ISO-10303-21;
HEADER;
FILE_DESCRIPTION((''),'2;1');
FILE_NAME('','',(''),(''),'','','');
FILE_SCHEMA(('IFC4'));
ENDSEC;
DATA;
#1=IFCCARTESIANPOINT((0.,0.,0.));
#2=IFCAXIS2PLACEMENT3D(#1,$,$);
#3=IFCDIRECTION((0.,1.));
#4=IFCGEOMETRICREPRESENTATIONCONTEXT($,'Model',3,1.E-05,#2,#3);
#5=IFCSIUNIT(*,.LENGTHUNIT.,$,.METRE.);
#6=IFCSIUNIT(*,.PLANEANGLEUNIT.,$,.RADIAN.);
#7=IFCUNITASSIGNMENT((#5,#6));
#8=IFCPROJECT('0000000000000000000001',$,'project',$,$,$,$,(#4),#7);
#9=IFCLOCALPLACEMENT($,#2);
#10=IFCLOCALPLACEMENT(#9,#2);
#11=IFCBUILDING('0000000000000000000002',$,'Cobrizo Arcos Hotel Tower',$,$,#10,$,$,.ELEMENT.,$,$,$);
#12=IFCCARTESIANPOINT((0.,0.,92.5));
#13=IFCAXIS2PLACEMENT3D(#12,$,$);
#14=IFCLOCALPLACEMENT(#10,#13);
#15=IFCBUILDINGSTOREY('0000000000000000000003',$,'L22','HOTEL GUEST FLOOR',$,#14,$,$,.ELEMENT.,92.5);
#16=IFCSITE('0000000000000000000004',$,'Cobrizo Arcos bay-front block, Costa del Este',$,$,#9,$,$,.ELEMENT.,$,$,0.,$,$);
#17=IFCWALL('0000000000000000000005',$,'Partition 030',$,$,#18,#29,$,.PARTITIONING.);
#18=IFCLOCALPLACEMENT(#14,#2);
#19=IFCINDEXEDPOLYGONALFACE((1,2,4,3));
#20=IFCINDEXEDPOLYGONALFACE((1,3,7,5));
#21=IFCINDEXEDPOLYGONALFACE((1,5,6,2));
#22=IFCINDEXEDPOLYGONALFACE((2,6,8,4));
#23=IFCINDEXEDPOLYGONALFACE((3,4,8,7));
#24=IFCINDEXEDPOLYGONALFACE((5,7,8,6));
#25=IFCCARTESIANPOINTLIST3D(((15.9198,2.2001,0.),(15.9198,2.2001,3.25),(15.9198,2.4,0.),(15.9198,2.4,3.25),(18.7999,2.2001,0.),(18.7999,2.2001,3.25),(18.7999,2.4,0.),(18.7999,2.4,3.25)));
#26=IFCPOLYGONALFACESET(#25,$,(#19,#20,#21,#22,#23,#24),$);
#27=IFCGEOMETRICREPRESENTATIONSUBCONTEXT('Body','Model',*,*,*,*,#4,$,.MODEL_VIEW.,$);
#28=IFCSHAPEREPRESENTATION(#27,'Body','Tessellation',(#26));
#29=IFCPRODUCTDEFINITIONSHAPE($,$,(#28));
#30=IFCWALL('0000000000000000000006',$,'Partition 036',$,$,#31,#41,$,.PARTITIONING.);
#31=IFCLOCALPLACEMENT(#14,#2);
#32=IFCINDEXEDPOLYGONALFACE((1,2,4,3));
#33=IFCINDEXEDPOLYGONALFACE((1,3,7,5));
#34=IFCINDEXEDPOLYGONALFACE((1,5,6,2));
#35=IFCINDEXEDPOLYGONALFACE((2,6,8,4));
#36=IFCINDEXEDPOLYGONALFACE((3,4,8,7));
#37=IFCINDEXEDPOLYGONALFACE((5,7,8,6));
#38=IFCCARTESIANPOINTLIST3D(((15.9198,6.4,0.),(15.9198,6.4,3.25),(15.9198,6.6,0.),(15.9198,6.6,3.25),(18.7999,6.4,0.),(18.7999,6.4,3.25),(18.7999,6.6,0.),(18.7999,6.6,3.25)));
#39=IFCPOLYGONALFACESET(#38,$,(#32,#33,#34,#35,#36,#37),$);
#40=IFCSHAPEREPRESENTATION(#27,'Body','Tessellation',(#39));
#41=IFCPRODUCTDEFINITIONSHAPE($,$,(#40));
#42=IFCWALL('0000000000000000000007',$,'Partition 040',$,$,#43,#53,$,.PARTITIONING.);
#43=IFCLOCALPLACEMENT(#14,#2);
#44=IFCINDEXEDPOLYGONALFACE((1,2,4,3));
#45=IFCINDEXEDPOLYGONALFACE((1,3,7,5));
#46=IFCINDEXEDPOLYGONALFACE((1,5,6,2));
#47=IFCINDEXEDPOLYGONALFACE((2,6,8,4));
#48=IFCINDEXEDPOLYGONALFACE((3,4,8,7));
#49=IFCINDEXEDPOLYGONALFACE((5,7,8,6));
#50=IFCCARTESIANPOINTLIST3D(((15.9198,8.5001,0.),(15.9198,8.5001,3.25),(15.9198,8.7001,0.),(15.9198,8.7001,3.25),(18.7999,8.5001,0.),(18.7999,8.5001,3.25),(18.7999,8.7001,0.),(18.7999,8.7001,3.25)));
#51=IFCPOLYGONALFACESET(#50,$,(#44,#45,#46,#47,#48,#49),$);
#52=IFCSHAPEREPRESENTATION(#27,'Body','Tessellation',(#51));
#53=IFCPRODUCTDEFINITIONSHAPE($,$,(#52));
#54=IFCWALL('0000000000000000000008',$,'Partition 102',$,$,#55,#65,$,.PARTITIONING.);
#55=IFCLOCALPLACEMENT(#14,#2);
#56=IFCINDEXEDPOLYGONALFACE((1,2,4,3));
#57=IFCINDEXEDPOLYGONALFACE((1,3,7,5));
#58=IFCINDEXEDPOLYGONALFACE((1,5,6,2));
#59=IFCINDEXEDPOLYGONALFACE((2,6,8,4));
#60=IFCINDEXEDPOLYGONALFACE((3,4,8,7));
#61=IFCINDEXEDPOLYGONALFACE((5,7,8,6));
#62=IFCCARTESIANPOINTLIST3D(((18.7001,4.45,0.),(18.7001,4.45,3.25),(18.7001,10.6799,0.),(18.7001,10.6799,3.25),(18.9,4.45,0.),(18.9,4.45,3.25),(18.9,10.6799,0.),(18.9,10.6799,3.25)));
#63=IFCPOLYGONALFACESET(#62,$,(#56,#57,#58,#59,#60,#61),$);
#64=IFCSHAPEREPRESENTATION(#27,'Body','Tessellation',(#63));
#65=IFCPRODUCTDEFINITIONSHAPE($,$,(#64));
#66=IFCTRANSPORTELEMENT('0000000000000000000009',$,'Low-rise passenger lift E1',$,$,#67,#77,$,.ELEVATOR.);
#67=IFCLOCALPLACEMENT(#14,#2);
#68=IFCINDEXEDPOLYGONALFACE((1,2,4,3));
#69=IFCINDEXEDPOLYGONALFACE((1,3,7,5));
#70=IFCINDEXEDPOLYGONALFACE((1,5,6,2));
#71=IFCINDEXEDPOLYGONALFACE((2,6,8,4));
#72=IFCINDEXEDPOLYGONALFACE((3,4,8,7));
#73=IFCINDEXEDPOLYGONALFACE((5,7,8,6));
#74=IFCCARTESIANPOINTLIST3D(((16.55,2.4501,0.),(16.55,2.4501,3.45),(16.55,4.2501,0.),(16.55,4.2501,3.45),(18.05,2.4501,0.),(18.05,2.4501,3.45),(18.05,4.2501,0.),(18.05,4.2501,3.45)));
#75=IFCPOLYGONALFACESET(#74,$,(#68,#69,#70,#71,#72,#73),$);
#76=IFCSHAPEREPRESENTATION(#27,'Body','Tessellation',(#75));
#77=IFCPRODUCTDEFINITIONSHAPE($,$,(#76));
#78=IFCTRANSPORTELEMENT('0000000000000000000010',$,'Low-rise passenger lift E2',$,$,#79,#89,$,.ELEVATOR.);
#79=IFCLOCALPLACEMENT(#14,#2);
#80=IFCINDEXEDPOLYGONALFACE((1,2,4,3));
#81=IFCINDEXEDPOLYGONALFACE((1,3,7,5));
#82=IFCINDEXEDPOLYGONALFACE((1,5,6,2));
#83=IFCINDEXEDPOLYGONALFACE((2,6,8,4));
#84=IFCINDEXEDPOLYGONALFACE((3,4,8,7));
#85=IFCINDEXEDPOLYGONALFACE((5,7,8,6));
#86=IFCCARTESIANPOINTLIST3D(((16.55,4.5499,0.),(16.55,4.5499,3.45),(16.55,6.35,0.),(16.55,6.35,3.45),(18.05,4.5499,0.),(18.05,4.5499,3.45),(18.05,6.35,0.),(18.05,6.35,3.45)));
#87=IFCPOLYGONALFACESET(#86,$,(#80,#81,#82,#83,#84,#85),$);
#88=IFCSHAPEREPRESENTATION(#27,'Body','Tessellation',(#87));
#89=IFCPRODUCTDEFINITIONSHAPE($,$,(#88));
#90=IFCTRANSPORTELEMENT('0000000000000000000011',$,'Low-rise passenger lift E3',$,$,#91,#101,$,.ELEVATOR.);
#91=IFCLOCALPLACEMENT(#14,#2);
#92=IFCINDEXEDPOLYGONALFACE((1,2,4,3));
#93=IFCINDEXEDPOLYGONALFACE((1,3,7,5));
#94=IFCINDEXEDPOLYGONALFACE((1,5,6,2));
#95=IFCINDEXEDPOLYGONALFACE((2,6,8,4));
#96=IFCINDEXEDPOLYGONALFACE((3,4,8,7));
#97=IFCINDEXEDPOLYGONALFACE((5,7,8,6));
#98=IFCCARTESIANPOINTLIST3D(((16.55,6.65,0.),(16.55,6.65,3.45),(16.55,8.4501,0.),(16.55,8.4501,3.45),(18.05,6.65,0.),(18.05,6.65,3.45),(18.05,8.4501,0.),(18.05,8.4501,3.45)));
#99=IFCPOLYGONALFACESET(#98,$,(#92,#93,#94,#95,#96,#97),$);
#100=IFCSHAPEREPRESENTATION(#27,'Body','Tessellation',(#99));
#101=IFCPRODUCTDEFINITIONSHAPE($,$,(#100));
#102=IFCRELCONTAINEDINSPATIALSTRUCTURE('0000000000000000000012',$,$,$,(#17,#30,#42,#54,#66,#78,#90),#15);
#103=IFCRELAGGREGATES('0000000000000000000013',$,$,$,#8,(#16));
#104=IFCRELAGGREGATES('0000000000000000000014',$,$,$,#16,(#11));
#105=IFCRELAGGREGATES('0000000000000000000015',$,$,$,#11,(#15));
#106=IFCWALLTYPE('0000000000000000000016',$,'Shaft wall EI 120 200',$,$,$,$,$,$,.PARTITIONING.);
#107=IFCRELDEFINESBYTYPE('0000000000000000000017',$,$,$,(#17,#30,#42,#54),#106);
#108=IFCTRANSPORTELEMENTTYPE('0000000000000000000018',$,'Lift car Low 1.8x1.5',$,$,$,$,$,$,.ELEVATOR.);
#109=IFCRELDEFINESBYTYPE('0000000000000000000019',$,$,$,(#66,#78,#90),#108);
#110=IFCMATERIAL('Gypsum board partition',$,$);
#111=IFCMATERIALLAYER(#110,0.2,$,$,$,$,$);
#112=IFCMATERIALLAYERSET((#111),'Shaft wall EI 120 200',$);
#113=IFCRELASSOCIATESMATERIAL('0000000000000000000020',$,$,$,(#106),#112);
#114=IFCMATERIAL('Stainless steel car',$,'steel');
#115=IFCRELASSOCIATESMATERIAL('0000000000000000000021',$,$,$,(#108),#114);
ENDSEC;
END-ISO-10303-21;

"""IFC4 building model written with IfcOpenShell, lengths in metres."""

from ifc_helpers import new_model, si_unit, direction, frame, frame_2d, origin, origin_2d, place, context, subcontext, project, spatial, rectangle, extrude, material, layer, layer_set, type_object, element, save


model = new_model("IFC4")

# Units and contexts
model_context = context("Model", 3, precision=1e-05, world=origin(), true_north=direction((0.0, 1.0)))
body_context = subcontext(model_context, "Body", "Model", "MODEL_VIEW")
ifc_project = project(units=[si_unit("LENGTHUNIT", "METRE"), si_unit("PLANEANGLEUNIT", "RADIAN")], contexts=[model_context])

# Site, building, storey
site_placement = place(None, origin())
site = spatial("IfcSite", under=ifc_project, at=site_placement, Name="Cobrizo Arcos bay-front block, Costa del Este", CompositionType="ELEMENT", RefElevation=0.0)
building_placement = place(site_placement, origin())
building = spatial("IfcBuilding", under=site, at=building_placement, Name="Cobrizo Arcos Hotel Tower", CompositionType="ELEMENT")
storey_placement = place(building_placement, frame((0.0, 0.0, 92.5)))
storey = spatial("IfcBuildingStorey", under=building, at=storey_placement, Name="L22", Description="HOTEL GUEST FLOOR", CompositionType="ELEMENT", Elevation=92.5)

# Shared definitions
ifc_material_1 = material(Name="Gypsum board partition")

# Walls
ifc_layer_1 = layer(ifc_material_1, 0.2)
ifc_layer_set_1 = layer_set([ifc_layer_1], Name="Shaft wall EI 120 200")
wall_type_1 = type_object("IfcWallType", Name="Shaft wall EI 120 200", PredefinedType="PARTITIONING", material=ifc_layer_set_1)
for number, where, z_axis, x_axis, name in (
    (1, (15.9199, 2.3, 0.0), (0.0, 0.0, 1.0), (1.0, 0.0, 0.0), "Partition 030"),
    (2, (15.9199, 6.5, 0.0), (0.0, 0.0, 1.0), (1.0, 0.0, 0.0), "Partition 036"),
    (3, (15.9199, 8.6001, 0.0), (0.0, 0.0, 1.0), (1.0, 0.0, 0.0), "Partition 040"),
):
    element("IfcWall", number, at=place(storey_placement, frame(where, z_axis=z_axis, x_axis=x_axis)), inside=storey, type_object=wall_type_1, Name=name, PredefinedType="PARTITIONING", context=body_context, shape_type="SweptSolid", body=[
        extrude(rectangle(XDim=2.8801, YDim=0.2, at=frame_2d((1.4399, 0.0))), origin(), (0.0, 0.0, 1.0), 3.25),
    ])
wall_1_placement = place(storey_placement, frame((18.8, 4.45, 0.0), z_axis=(0.0, 0.0, 1.0), x_axis=(0.0, 1.0, 0.0)))
element("IfcWall", 4, at=wall_1_placement, inside=storey, type_object=wall_type_1, Name="Partition 102", PredefinedType="PARTITIONING", context=body_context, shape_type="SweptSolid", body=[
    extrude(rectangle(XDim=6.23, YDim=0.2, at=frame_2d((3.115, 0.0))), origin(), (0.0, 0.0, 1.0), 3.25),
])

# Transport elements
ifc_material_2 = material(Name="Stainless steel car", Category="steel")
transport_element_type = type_object("IfcTransportElementType", Name="Lift car Low 1.8x1.5", PredefinedType="ELEVATOR", material=ifc_material_2)
for number, where, z_axis, x_axis, name in (
    (5, (17.3, 3.3501, 0.0), (0.0, 0.0, 1.0), (1.0, 0.0, 0.0), "Low-rise passenger lift E1"),
    (6, (17.3, 5.45, 0.0), (0.0, 0.0, 1.0), (1.0, 0.0, 0.0), "Low-rise passenger lift E2"),
    (7, (17.3, 7.55, 0.0), (0.0, 0.0, 1.0), (1.0, 0.0, 0.0), "Low-rise passenger lift E3"),
):
    element("IfcTransportElement", number, at=place(storey_placement, frame(where, z_axis=z_axis, x_axis=x_axis)), inside=storey, type_object=transport_element_type, Name=name, PredefinedType="ELEVATOR", context=body_context, shape_type="SweptSolid", body=[
        extrude(rectangle(XDim=1.5, YDim=1.8, at=origin_2d()), origin(), (0.0, 0.0, 1.0), 3.45),
    ])

save(model, "model.ifc")
